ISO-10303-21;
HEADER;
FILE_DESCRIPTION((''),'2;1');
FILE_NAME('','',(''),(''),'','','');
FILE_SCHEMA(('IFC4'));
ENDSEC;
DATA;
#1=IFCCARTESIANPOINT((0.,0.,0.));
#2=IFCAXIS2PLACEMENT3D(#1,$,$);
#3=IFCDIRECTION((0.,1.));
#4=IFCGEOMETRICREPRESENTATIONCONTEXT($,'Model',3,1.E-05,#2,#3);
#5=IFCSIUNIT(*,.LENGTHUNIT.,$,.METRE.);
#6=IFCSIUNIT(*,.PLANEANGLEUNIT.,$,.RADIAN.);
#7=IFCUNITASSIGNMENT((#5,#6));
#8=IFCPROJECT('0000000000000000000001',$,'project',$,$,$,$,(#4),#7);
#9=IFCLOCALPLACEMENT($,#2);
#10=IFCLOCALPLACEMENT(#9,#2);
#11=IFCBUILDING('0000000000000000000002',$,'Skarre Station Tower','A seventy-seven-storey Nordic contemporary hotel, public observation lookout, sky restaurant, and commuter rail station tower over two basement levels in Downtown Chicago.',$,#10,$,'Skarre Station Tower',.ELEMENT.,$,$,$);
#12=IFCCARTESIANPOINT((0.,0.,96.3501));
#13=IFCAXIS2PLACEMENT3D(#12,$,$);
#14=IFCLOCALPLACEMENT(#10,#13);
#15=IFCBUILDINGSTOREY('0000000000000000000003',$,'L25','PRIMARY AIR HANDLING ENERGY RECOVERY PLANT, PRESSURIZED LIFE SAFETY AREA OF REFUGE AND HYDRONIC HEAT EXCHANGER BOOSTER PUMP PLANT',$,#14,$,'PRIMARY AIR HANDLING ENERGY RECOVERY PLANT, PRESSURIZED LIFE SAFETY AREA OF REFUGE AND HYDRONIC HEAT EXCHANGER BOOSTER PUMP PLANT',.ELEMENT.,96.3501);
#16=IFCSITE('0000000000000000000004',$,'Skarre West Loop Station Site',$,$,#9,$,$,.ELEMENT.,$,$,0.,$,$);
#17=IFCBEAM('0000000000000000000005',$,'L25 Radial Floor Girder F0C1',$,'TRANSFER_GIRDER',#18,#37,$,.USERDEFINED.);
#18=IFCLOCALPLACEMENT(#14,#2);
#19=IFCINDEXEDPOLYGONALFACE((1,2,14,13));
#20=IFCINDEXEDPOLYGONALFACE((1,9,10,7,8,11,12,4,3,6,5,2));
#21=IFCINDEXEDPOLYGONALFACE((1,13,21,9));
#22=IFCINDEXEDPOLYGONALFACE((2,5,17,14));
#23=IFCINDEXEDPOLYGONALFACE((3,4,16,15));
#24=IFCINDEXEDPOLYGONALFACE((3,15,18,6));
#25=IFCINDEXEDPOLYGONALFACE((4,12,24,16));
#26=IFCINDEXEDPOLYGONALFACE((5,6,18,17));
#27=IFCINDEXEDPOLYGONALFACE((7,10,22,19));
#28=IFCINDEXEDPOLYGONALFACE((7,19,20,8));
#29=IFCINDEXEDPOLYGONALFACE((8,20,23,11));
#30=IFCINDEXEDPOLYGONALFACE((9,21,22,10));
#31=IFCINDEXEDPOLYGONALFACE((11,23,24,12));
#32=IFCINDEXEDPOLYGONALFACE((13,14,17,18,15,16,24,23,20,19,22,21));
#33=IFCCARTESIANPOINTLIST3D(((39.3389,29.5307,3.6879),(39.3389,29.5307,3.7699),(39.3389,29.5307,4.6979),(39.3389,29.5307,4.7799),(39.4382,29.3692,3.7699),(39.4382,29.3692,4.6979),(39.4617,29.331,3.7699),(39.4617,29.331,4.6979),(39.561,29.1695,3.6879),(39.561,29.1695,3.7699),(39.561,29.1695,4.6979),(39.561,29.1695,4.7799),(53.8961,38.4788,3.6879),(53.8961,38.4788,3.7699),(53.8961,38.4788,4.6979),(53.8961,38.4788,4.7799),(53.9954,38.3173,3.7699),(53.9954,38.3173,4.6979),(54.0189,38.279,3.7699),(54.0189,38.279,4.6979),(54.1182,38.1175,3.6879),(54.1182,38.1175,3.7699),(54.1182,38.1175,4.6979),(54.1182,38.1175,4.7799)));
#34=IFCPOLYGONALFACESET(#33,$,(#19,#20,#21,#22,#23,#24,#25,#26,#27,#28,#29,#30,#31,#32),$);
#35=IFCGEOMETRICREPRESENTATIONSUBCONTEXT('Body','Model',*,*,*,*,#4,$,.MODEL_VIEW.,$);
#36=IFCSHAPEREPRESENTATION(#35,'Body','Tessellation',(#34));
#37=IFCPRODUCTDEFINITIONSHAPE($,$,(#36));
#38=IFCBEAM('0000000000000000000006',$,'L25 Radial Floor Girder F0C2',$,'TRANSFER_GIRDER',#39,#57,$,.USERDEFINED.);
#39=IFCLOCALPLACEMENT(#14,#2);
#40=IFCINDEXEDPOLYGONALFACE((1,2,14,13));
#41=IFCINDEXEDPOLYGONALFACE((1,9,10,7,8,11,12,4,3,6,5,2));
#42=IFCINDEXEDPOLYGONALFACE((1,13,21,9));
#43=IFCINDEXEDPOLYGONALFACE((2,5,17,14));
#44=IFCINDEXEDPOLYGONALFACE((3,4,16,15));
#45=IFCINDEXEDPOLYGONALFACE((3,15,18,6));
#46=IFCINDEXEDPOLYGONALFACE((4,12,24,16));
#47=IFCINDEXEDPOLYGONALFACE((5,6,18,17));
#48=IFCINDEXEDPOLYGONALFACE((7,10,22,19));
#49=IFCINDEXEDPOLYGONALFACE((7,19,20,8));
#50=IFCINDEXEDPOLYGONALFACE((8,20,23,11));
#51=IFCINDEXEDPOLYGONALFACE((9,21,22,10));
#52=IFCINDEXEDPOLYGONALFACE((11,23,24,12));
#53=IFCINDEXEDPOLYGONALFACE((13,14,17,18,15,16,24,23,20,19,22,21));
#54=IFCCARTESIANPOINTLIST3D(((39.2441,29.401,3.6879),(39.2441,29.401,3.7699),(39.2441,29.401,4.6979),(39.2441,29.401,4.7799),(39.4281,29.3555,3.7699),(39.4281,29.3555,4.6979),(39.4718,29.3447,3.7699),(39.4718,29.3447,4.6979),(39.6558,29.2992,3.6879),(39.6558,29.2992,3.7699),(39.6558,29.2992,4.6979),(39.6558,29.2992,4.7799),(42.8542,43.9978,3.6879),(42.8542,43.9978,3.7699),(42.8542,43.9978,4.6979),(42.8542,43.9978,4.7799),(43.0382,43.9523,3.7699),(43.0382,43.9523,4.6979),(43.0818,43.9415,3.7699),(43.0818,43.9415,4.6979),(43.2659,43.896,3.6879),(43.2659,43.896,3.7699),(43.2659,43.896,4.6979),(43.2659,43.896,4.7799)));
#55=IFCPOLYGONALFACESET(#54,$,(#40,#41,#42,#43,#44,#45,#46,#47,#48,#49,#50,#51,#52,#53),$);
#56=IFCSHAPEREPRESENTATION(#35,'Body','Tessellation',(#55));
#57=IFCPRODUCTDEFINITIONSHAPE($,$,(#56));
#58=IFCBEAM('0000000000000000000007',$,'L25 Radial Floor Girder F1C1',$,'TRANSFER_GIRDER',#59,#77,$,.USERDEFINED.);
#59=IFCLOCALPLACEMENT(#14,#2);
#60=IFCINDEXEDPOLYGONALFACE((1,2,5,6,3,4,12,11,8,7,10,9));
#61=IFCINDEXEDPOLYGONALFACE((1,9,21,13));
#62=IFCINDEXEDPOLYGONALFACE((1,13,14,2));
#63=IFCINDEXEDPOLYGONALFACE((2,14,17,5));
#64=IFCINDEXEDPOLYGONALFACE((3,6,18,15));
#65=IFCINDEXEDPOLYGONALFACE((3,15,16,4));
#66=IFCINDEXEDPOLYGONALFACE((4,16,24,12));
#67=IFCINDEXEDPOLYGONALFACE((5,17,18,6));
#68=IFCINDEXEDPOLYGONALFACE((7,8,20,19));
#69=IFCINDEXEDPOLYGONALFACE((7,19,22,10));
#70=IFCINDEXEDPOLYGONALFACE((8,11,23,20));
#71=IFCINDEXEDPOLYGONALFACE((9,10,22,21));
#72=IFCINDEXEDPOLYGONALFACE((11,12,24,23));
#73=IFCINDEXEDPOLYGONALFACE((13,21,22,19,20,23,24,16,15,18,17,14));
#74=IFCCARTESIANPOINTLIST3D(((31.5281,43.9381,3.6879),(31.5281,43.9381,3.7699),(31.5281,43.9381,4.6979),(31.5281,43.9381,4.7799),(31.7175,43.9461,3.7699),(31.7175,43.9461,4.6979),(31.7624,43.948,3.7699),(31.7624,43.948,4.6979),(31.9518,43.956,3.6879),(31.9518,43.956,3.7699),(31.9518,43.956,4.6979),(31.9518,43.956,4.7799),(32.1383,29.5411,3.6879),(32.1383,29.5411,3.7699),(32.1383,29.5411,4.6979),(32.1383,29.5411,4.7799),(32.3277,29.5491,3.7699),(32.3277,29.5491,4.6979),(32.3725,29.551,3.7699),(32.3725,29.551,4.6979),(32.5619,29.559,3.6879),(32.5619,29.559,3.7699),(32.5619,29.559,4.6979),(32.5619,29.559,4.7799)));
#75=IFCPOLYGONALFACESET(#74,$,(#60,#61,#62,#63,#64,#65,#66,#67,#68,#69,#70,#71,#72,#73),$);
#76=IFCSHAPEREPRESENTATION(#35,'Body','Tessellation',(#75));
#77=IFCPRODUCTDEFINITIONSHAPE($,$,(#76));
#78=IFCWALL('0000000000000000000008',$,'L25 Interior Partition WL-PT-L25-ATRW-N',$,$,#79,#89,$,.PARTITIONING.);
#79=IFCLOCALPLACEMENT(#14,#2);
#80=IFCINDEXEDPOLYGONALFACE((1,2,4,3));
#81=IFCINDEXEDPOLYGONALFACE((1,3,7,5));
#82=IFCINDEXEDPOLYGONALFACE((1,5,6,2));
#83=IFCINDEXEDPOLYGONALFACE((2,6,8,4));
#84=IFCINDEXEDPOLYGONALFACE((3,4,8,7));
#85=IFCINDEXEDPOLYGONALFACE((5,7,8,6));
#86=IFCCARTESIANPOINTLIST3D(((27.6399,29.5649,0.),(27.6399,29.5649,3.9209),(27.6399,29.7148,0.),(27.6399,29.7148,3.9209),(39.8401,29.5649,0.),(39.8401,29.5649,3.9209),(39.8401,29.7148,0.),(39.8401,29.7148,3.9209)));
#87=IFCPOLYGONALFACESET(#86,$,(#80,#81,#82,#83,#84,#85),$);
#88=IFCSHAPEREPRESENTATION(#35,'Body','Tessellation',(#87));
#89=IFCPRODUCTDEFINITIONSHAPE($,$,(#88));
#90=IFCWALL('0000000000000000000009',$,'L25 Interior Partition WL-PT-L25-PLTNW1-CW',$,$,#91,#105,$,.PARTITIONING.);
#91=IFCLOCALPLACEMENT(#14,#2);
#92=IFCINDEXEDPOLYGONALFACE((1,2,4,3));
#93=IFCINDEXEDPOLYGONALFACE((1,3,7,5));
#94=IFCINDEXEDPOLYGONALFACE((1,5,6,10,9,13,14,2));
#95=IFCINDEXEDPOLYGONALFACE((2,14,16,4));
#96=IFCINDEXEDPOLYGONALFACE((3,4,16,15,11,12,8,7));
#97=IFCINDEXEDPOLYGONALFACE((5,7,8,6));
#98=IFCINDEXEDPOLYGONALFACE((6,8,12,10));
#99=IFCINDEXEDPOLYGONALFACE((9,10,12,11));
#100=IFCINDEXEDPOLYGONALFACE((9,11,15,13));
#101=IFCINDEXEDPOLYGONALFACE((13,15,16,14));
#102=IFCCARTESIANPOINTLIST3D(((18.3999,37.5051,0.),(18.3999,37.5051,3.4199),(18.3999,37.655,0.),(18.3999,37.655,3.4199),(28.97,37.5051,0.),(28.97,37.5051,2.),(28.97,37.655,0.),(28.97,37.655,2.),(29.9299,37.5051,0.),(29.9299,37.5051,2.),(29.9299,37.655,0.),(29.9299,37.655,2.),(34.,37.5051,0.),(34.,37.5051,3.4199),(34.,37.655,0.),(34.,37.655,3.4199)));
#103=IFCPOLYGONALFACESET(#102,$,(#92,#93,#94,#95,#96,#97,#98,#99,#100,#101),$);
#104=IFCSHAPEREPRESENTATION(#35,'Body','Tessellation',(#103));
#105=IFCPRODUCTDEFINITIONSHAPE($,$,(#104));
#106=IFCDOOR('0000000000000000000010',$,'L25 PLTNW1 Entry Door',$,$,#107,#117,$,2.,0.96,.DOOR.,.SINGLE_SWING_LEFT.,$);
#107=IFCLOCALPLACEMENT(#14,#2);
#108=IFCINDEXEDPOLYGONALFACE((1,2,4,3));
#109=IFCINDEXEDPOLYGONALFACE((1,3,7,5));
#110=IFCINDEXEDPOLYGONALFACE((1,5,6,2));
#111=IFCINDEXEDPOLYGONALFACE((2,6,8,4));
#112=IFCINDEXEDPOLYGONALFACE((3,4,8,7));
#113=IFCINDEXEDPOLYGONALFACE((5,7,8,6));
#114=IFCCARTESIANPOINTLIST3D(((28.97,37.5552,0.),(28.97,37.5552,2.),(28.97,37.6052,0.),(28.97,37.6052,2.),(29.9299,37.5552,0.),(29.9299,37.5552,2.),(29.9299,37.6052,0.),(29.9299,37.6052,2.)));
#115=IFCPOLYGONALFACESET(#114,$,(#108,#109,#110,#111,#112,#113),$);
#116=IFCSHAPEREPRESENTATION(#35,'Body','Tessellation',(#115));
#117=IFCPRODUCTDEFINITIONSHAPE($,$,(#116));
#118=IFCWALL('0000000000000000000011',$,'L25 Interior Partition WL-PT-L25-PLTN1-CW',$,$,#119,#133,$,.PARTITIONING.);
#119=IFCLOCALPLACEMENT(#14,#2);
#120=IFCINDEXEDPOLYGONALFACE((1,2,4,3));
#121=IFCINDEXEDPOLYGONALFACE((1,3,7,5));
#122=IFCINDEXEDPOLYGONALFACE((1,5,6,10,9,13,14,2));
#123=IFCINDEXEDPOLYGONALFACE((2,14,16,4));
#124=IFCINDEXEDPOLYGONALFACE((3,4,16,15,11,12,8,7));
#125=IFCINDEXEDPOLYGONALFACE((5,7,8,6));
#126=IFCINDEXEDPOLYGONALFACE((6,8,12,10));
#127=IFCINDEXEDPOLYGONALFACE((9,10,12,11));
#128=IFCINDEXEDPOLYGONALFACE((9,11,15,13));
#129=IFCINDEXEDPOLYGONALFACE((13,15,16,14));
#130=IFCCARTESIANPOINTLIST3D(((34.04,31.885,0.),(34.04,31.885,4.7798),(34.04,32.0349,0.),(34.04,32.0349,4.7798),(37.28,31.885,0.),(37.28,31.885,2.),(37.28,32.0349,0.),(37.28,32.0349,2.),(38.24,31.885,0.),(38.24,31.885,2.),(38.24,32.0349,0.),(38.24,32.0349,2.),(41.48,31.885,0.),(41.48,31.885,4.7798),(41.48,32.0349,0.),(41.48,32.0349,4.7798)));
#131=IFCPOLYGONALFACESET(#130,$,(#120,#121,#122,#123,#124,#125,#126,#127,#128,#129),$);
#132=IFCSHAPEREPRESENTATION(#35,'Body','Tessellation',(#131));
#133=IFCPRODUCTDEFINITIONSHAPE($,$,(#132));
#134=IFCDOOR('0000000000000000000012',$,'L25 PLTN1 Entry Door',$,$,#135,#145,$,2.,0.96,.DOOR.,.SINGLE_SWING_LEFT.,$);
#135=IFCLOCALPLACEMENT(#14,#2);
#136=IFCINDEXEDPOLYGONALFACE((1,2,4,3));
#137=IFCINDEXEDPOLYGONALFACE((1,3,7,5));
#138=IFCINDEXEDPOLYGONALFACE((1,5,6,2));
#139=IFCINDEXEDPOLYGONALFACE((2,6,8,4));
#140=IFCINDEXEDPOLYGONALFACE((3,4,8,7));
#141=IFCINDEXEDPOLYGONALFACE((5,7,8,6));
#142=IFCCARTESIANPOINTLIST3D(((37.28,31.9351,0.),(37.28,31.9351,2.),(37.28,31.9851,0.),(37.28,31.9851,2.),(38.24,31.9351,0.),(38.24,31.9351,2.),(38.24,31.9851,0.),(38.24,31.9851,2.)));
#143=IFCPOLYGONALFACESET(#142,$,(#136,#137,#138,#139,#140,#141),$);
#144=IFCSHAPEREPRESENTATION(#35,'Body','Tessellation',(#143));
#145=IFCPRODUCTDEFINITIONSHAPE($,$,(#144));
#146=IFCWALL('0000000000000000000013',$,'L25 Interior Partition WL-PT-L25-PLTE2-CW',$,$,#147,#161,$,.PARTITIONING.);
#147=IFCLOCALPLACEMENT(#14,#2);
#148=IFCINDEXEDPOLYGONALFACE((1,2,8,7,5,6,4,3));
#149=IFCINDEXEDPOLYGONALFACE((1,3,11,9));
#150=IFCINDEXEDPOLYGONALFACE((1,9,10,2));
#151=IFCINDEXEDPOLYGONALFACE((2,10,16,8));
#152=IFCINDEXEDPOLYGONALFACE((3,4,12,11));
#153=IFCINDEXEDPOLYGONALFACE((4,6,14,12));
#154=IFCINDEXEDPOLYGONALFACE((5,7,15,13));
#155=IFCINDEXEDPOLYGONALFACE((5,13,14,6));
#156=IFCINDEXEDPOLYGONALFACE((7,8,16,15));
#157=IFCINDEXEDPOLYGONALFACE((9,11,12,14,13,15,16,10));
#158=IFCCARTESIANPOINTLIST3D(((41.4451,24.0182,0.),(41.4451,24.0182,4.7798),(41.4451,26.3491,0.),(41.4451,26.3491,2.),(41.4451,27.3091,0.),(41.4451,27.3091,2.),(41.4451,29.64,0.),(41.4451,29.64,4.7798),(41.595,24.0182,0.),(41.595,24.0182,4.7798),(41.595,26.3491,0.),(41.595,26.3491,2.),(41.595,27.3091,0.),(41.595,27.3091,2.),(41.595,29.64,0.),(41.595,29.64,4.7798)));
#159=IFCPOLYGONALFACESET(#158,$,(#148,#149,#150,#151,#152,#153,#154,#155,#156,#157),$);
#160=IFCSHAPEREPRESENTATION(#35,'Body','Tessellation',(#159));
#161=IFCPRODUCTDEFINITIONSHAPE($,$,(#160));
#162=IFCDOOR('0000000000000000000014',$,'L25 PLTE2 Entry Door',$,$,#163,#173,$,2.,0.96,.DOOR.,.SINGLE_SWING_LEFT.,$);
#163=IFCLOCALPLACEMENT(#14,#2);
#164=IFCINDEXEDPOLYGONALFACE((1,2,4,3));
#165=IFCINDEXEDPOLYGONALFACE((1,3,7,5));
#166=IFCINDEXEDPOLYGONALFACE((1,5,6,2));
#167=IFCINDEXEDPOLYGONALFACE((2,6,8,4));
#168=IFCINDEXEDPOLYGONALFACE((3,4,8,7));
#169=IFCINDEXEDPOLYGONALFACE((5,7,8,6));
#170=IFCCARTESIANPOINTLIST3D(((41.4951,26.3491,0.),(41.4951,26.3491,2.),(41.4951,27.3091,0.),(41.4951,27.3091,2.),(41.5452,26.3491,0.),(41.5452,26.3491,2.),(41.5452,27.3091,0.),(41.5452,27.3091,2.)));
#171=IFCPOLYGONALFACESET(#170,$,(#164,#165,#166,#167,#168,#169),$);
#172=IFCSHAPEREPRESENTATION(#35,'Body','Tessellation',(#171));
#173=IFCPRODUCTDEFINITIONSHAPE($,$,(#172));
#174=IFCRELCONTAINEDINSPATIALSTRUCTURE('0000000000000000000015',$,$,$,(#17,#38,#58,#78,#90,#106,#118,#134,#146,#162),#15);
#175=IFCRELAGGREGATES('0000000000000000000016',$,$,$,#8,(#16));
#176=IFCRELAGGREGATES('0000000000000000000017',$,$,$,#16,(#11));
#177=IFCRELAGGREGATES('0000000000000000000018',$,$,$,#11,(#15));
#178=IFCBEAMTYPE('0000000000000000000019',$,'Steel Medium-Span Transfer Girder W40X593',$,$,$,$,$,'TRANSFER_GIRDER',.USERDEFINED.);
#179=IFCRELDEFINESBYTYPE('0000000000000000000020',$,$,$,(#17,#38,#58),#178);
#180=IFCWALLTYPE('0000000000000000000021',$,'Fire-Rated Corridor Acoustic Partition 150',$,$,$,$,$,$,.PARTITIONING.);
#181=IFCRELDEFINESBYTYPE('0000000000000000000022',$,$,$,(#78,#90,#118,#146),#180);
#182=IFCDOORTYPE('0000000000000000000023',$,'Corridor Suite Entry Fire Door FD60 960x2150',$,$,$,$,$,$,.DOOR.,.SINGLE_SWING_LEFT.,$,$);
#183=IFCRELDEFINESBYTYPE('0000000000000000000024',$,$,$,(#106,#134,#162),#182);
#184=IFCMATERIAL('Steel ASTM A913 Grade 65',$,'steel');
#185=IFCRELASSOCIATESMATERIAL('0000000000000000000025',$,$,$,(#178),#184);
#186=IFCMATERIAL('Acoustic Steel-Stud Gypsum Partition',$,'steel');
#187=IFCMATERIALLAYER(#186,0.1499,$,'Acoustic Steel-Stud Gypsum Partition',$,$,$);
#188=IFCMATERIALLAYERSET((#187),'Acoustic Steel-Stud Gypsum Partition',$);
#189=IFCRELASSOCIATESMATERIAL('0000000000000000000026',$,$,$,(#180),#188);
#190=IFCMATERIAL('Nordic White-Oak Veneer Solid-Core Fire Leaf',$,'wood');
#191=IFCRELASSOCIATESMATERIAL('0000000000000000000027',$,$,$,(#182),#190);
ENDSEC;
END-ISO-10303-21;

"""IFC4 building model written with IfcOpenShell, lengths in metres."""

from ifc_helpers import new_model, si_unit, direction, frame, frame_2d, origin, origin_2d, place, context, subcontext, project, spatial, rectangle, i_section, extrude, material, layer, layer_set, material_profile, profile_set, type_object, element, fill, save


model = new_model("IFC4")

# Units and contexts
model_context = context("Model", 3, precision=1e-05, world=origin(), true_north=direction((0.0, 1.0)))
body_context = subcontext(model_context, "Body", "Model", "MODEL_VIEW")
ifc_project = project(units=[si_unit("LENGTHUNIT", "METRE"), si_unit("PLANEANGLEUNIT", "RADIAN")], contexts=[model_context])

# Site, building, storey
site_placement = place(None, origin())
site = spatial("IfcSite", under=ifc_project, at=site_placement, Name="Skarre West Loop Station Site", CompositionType="ELEMENT", RefElevation=0.0)
building_placement = place(site_placement, origin())
building = spatial("IfcBuilding", under=site, at=building_placement, Name="Skarre Station Tower", Description="A seventy-seven-storey Nordic contemporary hotel, public observation lookout, sky restaurant, and commuter rail station tower over two basement levels in Downtown Chicago.", LongName="Skarre Station Tower", CompositionType="ELEMENT")
storey_placement = place(building_placement, frame((0.0, 0.0, 96.3501)))
storey = spatial("IfcBuildingStorey", under=building, at=storey_placement, Name="L25", Description="PRIMARY AIR HANDLING ENERGY RECOVERY PLANT, PRESSURIZED LIFE SAFETY AREA OF REFUGE AND HYDRONIC HEAT EXCHANGER BOOSTER PUMP PLANT", LongName="PRIMARY AIR HANDLING ENERGY RECOVERY PLANT, PRESSURIZED LIFE SAFETY AREA OF REFUGE AND HYDRONIC HEAT EXCHANGER BOOSTER PUMP PLANT", CompositionType="ELEMENT", Elevation=96.3501)

# Shared definitions
ifc_material_1 = material(Name="Steel ASTM A913 Grade 65", Category="steel")

# Beams
ifc_material_profile_1 = material_profile(ifc_material_1, i_section(OverallWidth=0.4241, OverallDepth=1.092, WebThickness=0.0449, FlangeThickness=0.082, at=origin_2d()), Name="Steel ASTM A913 Grade 65")
ifc_profile_set_1 = profile_set([ifc_material_profile_1], Name="Steel ASTM A913 Grade 65")
beam_type_1 = type_object("IfcBeamType", Name="Steel Medium-Span Transfer Girder W40X593", ElementType="TRANSFER_GIRDER", PredefinedType="USERDEFINED", material=ifc_profile_set_1)
beam_1_placement = place(storey_placement, frame((39.45, 29.3501, 4.2339), z_axis=(0.851926, 0.523663, 0.0), x_axis=(-0.523663, 0.851926, 0.0)))
element("IfcBeam", 1, at=beam_1_placement, inside=storey, type_object=beam_type_1, Name="L25 Radial Floor Girder F0C1", ObjectType="TRANSFER_GIRDER", PredefinedType="USERDEFINED", context=body_context, shape_type="SweptSolid", body=[
    extrude(i_section(OverallWidth=0.4241, OverallDepth=1.092, WebThickness=0.0449, FlangeThickness=0.082, at=origin_2d()), origin(), (0.0, 0.0, 1.0), 17.0874),
])
beam_2_placement = place(storey_placement, frame((39.45, 29.3501, 4.2339), z_axis=(0.240086, 0.970752, 0.0), x_axis=(-0.970752, 0.240086, 0.0)))
element("IfcBeam", 2, at=beam_2_placement, inside=storey, type_object=beam_type_1, Name="L25 Radial Floor Girder F0C2", ObjectType="TRANSFER_GIRDER", PredefinedType="USERDEFINED", context=body_context, shape_type="SweptSolid", body=[
    extrude(i_section(OverallWidth=0.4241, OverallDepth=1.092, WebThickness=0.0449, FlangeThickness=0.082, at=origin_2d()), origin(), (0.0, 0.0, 1.0), 15.0366),
])
beam_3_placement = place(storey_placement, frame((32.3501, 29.55, 4.2339), z_axis=(-0.042339, 0.999103, 0.0), x_axis=(-0.999103, -0.042339, 0.0)))
element("IfcBeam", 3, at=beam_3_placement, inside=storey, type_object=beam_type_1, Name="L25 Radial Floor Girder F1C1", ObjectType="TRANSFER_GIRDER", PredefinedType="USERDEFINED", context=body_context, shape_type="SweptSolid", body=[
    extrude(i_section(OverallWidth=0.4241, OverallDepth=1.092, WebThickness=0.0449, FlangeThickness=0.082, at=origin_2d()), origin(), (0.0, 0.0, 1.0), 14.4099),
])

# Wall
ifc_material_2 = material(Name="Acoustic Steel-Stud Gypsum Partition", Category="steel")
ifc_layer_1 = layer(ifc_material_2, 0.1499, Name="Acoustic Steel-Stud Gypsum Partition")
ifc_layer_set_1 = layer_set([ifc_layer_1], Name="Acoustic Steel-Stud Gypsum Partition")
wall_type_1 = type_object("IfcWallType", Name="Fire-Rated Corridor Acoustic Partition 150", PredefinedType="PARTITIONING", material=ifc_layer_set_1)
wall_1_placement = place(storey_placement, frame((39.8401, 29.6399, 0.0), z_axis=(0.0, 0.0, 1.0), x_axis=(-1.0, 0.0, 0.0)))
element("IfcWall", 4, at=wall_1_placement, inside=storey, type_object=wall_type_1, Name="L25 Interior Partition WL-PT-L25-ATRW-N", PredefinedType="PARTITIONING", context=body_context, shape_type="SweptSolid", body=[
    extrude(rectangle(XDim=12.2002, YDim=0.1499, at=frame_2d((6.1001, 0.0))), origin(), (0.0, 0.0, 1.0), 3.9209),
])

# Walls, openings, doors
wall_2_placement = place(storey_placement, frame((34.0, 37.5801, 0.0), z_axis=(0.0, 0.0, 1.0), x_axis=(-1.0, 0.0, 0.0)))
wall_2 = element("IfcWall", 5, at=wall_2_placement, inside=storey, type_object=wall_type_1, Name="L25 Interior Partition WL-PT-L25-PLTNW1-CW", PredefinedType="PARTITIONING", context=body_context, shape_type="SweptSolid", body=[
    extrude(rectangle(XDim=15.6001, YDim=0.1499, at=frame_2d((7.8, 0.0))), origin(), (0.0, 0.0, 1.0), 3.4199),
])
opening_1_placement = place(wall_2_placement, frame((4.0701, 0.0, 0.0)))
opening_1 = element("IfcOpeningElement", 6, at=opening_1_placement, cuts=wall_2, PredefinedType="OPENING", context=body_context, shape_type="SweptSolid", body=[
    extrude(rectangle(XDim=0.96, YDim=2.0, at=frame_2d((0.48, 1.0))), frame((0.0, 0.085, 0.0), z_axis=(0.0, -1.0, 0.0), x_axis=(1.0, 0.0, 0.0)), (0.0, 0.0, 1.0), 0.1699),
])
ifc_material_3 = material(Name="Nordic White-Oak Veneer Solid-Core Fire Leaf", Category="wood")
door_type = type_object("IfcDoorType", Name="Corridor Suite Entry Fire Door FD60 960x2150", OperationType="SINGLE_SWING_LEFT", PredefinedType="DOOR", material=ifc_material_3)
door_1_placement = place(opening_1_placement, origin())
door_1 = element("IfcDoor", 7, at=door_1_placement, inside=storey, type_object=door_type, Name="L25 PLTNW1 Entry Door", OperationType="SINGLE_SWING_LEFT", OverallHeight=2.0, OverallWidth=0.96, PredefinedType="DOOR", context=body_context, shape_type="SweptSolid", body=[
    extrude(rectangle(XDim=0.96, YDim=2.0, at=frame_2d((0.48, 1.0))), frame((0.0, 0.0249, 0.0), z_axis=(0.0, -1.0, 0.0), x_axis=(1.0, 0.0, 0.0)), (0.0, 0.0, 1.0), 0.05),
])
fill(opening_1, door_1)
wall_3_placement = place(storey_placement, frame((41.48, 31.96, 0.0), z_axis=(0.0, 0.0, 1.0), x_axis=(-1.0, 0.0, 0.0)))
wall_3 = element("IfcWall", 8, at=wall_3_placement, inside=storey, type_object=wall_type_1, Name="L25 Interior Partition WL-PT-L25-PLTN1-CW", PredefinedType="PARTITIONING", context=body_context, shape_type="SweptSolid", body=[
    extrude(rectangle(XDim=7.4399, YDim=0.1499, at=frame_2d((3.72, 0.0))), origin(), (0.0, 0.0, 1.0), 4.7798),
])
opening_2_placement = place(wall_3_placement, frame((3.24, 0.0, 0.0)))
opening_2 = element("IfcOpeningElement", 9, at=opening_2_placement, cuts=wall_3, PredefinedType="OPENING", context=body_context, shape_type="SweptSolid", body=[
    extrude(rectangle(XDim=0.96, YDim=2.0, at=frame_2d((0.48, 1.0))), frame((0.0, 0.085, 0.0), z_axis=(0.0, -1.0, 0.0), x_axis=(1.0, 0.0, 0.0)), (0.0, 0.0, 1.0), 0.1699),
])
door_2_placement = place(opening_2_placement, origin())
door_2 = element("IfcDoor", 10, at=door_2_placement, inside=storey, type_object=door_type, Name="L25 PLTN1 Entry Door", OperationType="SINGLE_SWING_LEFT", OverallHeight=2.0, OverallWidth=0.96, PredefinedType="DOOR", context=body_context, shape_type="SweptSolid", body=[
    extrude(rectangle(XDim=0.96, YDim=2.0, at=frame_2d((0.48, 1.0))), frame((0.0, 0.0249, 0.0), z_axis=(0.0, -1.0, 0.0), x_axis=(1.0, 0.0, 0.0)), (0.0, 0.0, 1.0), 0.05),
])
fill(opening_2, door_2)
wall_4_placement = place(storey_placement, frame((41.52, 24.0181, 0.0), z_axis=(0.0, 0.0, 1.0), x_axis=(0.0, 1.0, 0.0)))
wall_4 = element("IfcWall", 11, at=wall_4_placement, inside=storey, type_object=wall_type_1, Name="L25 Interior Partition WL-PT-L25-PLTE2-CW", PredefinedType="PARTITIONING", context=body_context, shape_type="SweptSolid", body=[
    extrude(rectangle(XDim=5.6218, YDim=0.1499, at=frame_2d((2.811, 0.0))), origin(), (0.0, 0.0, 1.0), 4.7798),
])
opening_3_placement = place(wall_4_placement, frame((2.3311, 0.0, 0.0)))
opening_3 = element("IfcOpeningElement", 12, at=opening_3_placement, cuts=wall_4, PredefinedType="OPENING", context=body_context, shape_type="SweptSolid", body=[
    extrude(rectangle(XDim=0.96, YDim=2.0, at=frame_2d((0.48, 1.0))), frame((0.0, 0.085, 0.0), z_axis=(0.0, -1.0, 0.0), x_axis=(1.0, 0.0, 0.0)), (0.0, 0.0, 1.0), 0.1699),
])
door_3_placement = place(opening_3_placement, origin())
door_3 = element("IfcDoor", 13, at=door_3_placement, inside=storey, type_object=door_type, Name="L25 PLTE2 Entry Door", OperationType="SINGLE_SWING_LEFT", OverallHeight=2.0, OverallWidth=0.96, PredefinedType="DOOR", context=body_context, shape_type="SweptSolid", body=[
    extrude(rectangle(XDim=0.96, YDim=2.0, at=frame_2d((0.48, 1.0))), frame((0.0, 0.0249, 0.0), z_axis=(0.0, -1.0, 0.0), x_axis=(1.0, 0.0, 0.0)), (0.0, 0.0, 1.0), 0.05),
])
fill(opening_3, door_3)

save(model, "model.ifc")
